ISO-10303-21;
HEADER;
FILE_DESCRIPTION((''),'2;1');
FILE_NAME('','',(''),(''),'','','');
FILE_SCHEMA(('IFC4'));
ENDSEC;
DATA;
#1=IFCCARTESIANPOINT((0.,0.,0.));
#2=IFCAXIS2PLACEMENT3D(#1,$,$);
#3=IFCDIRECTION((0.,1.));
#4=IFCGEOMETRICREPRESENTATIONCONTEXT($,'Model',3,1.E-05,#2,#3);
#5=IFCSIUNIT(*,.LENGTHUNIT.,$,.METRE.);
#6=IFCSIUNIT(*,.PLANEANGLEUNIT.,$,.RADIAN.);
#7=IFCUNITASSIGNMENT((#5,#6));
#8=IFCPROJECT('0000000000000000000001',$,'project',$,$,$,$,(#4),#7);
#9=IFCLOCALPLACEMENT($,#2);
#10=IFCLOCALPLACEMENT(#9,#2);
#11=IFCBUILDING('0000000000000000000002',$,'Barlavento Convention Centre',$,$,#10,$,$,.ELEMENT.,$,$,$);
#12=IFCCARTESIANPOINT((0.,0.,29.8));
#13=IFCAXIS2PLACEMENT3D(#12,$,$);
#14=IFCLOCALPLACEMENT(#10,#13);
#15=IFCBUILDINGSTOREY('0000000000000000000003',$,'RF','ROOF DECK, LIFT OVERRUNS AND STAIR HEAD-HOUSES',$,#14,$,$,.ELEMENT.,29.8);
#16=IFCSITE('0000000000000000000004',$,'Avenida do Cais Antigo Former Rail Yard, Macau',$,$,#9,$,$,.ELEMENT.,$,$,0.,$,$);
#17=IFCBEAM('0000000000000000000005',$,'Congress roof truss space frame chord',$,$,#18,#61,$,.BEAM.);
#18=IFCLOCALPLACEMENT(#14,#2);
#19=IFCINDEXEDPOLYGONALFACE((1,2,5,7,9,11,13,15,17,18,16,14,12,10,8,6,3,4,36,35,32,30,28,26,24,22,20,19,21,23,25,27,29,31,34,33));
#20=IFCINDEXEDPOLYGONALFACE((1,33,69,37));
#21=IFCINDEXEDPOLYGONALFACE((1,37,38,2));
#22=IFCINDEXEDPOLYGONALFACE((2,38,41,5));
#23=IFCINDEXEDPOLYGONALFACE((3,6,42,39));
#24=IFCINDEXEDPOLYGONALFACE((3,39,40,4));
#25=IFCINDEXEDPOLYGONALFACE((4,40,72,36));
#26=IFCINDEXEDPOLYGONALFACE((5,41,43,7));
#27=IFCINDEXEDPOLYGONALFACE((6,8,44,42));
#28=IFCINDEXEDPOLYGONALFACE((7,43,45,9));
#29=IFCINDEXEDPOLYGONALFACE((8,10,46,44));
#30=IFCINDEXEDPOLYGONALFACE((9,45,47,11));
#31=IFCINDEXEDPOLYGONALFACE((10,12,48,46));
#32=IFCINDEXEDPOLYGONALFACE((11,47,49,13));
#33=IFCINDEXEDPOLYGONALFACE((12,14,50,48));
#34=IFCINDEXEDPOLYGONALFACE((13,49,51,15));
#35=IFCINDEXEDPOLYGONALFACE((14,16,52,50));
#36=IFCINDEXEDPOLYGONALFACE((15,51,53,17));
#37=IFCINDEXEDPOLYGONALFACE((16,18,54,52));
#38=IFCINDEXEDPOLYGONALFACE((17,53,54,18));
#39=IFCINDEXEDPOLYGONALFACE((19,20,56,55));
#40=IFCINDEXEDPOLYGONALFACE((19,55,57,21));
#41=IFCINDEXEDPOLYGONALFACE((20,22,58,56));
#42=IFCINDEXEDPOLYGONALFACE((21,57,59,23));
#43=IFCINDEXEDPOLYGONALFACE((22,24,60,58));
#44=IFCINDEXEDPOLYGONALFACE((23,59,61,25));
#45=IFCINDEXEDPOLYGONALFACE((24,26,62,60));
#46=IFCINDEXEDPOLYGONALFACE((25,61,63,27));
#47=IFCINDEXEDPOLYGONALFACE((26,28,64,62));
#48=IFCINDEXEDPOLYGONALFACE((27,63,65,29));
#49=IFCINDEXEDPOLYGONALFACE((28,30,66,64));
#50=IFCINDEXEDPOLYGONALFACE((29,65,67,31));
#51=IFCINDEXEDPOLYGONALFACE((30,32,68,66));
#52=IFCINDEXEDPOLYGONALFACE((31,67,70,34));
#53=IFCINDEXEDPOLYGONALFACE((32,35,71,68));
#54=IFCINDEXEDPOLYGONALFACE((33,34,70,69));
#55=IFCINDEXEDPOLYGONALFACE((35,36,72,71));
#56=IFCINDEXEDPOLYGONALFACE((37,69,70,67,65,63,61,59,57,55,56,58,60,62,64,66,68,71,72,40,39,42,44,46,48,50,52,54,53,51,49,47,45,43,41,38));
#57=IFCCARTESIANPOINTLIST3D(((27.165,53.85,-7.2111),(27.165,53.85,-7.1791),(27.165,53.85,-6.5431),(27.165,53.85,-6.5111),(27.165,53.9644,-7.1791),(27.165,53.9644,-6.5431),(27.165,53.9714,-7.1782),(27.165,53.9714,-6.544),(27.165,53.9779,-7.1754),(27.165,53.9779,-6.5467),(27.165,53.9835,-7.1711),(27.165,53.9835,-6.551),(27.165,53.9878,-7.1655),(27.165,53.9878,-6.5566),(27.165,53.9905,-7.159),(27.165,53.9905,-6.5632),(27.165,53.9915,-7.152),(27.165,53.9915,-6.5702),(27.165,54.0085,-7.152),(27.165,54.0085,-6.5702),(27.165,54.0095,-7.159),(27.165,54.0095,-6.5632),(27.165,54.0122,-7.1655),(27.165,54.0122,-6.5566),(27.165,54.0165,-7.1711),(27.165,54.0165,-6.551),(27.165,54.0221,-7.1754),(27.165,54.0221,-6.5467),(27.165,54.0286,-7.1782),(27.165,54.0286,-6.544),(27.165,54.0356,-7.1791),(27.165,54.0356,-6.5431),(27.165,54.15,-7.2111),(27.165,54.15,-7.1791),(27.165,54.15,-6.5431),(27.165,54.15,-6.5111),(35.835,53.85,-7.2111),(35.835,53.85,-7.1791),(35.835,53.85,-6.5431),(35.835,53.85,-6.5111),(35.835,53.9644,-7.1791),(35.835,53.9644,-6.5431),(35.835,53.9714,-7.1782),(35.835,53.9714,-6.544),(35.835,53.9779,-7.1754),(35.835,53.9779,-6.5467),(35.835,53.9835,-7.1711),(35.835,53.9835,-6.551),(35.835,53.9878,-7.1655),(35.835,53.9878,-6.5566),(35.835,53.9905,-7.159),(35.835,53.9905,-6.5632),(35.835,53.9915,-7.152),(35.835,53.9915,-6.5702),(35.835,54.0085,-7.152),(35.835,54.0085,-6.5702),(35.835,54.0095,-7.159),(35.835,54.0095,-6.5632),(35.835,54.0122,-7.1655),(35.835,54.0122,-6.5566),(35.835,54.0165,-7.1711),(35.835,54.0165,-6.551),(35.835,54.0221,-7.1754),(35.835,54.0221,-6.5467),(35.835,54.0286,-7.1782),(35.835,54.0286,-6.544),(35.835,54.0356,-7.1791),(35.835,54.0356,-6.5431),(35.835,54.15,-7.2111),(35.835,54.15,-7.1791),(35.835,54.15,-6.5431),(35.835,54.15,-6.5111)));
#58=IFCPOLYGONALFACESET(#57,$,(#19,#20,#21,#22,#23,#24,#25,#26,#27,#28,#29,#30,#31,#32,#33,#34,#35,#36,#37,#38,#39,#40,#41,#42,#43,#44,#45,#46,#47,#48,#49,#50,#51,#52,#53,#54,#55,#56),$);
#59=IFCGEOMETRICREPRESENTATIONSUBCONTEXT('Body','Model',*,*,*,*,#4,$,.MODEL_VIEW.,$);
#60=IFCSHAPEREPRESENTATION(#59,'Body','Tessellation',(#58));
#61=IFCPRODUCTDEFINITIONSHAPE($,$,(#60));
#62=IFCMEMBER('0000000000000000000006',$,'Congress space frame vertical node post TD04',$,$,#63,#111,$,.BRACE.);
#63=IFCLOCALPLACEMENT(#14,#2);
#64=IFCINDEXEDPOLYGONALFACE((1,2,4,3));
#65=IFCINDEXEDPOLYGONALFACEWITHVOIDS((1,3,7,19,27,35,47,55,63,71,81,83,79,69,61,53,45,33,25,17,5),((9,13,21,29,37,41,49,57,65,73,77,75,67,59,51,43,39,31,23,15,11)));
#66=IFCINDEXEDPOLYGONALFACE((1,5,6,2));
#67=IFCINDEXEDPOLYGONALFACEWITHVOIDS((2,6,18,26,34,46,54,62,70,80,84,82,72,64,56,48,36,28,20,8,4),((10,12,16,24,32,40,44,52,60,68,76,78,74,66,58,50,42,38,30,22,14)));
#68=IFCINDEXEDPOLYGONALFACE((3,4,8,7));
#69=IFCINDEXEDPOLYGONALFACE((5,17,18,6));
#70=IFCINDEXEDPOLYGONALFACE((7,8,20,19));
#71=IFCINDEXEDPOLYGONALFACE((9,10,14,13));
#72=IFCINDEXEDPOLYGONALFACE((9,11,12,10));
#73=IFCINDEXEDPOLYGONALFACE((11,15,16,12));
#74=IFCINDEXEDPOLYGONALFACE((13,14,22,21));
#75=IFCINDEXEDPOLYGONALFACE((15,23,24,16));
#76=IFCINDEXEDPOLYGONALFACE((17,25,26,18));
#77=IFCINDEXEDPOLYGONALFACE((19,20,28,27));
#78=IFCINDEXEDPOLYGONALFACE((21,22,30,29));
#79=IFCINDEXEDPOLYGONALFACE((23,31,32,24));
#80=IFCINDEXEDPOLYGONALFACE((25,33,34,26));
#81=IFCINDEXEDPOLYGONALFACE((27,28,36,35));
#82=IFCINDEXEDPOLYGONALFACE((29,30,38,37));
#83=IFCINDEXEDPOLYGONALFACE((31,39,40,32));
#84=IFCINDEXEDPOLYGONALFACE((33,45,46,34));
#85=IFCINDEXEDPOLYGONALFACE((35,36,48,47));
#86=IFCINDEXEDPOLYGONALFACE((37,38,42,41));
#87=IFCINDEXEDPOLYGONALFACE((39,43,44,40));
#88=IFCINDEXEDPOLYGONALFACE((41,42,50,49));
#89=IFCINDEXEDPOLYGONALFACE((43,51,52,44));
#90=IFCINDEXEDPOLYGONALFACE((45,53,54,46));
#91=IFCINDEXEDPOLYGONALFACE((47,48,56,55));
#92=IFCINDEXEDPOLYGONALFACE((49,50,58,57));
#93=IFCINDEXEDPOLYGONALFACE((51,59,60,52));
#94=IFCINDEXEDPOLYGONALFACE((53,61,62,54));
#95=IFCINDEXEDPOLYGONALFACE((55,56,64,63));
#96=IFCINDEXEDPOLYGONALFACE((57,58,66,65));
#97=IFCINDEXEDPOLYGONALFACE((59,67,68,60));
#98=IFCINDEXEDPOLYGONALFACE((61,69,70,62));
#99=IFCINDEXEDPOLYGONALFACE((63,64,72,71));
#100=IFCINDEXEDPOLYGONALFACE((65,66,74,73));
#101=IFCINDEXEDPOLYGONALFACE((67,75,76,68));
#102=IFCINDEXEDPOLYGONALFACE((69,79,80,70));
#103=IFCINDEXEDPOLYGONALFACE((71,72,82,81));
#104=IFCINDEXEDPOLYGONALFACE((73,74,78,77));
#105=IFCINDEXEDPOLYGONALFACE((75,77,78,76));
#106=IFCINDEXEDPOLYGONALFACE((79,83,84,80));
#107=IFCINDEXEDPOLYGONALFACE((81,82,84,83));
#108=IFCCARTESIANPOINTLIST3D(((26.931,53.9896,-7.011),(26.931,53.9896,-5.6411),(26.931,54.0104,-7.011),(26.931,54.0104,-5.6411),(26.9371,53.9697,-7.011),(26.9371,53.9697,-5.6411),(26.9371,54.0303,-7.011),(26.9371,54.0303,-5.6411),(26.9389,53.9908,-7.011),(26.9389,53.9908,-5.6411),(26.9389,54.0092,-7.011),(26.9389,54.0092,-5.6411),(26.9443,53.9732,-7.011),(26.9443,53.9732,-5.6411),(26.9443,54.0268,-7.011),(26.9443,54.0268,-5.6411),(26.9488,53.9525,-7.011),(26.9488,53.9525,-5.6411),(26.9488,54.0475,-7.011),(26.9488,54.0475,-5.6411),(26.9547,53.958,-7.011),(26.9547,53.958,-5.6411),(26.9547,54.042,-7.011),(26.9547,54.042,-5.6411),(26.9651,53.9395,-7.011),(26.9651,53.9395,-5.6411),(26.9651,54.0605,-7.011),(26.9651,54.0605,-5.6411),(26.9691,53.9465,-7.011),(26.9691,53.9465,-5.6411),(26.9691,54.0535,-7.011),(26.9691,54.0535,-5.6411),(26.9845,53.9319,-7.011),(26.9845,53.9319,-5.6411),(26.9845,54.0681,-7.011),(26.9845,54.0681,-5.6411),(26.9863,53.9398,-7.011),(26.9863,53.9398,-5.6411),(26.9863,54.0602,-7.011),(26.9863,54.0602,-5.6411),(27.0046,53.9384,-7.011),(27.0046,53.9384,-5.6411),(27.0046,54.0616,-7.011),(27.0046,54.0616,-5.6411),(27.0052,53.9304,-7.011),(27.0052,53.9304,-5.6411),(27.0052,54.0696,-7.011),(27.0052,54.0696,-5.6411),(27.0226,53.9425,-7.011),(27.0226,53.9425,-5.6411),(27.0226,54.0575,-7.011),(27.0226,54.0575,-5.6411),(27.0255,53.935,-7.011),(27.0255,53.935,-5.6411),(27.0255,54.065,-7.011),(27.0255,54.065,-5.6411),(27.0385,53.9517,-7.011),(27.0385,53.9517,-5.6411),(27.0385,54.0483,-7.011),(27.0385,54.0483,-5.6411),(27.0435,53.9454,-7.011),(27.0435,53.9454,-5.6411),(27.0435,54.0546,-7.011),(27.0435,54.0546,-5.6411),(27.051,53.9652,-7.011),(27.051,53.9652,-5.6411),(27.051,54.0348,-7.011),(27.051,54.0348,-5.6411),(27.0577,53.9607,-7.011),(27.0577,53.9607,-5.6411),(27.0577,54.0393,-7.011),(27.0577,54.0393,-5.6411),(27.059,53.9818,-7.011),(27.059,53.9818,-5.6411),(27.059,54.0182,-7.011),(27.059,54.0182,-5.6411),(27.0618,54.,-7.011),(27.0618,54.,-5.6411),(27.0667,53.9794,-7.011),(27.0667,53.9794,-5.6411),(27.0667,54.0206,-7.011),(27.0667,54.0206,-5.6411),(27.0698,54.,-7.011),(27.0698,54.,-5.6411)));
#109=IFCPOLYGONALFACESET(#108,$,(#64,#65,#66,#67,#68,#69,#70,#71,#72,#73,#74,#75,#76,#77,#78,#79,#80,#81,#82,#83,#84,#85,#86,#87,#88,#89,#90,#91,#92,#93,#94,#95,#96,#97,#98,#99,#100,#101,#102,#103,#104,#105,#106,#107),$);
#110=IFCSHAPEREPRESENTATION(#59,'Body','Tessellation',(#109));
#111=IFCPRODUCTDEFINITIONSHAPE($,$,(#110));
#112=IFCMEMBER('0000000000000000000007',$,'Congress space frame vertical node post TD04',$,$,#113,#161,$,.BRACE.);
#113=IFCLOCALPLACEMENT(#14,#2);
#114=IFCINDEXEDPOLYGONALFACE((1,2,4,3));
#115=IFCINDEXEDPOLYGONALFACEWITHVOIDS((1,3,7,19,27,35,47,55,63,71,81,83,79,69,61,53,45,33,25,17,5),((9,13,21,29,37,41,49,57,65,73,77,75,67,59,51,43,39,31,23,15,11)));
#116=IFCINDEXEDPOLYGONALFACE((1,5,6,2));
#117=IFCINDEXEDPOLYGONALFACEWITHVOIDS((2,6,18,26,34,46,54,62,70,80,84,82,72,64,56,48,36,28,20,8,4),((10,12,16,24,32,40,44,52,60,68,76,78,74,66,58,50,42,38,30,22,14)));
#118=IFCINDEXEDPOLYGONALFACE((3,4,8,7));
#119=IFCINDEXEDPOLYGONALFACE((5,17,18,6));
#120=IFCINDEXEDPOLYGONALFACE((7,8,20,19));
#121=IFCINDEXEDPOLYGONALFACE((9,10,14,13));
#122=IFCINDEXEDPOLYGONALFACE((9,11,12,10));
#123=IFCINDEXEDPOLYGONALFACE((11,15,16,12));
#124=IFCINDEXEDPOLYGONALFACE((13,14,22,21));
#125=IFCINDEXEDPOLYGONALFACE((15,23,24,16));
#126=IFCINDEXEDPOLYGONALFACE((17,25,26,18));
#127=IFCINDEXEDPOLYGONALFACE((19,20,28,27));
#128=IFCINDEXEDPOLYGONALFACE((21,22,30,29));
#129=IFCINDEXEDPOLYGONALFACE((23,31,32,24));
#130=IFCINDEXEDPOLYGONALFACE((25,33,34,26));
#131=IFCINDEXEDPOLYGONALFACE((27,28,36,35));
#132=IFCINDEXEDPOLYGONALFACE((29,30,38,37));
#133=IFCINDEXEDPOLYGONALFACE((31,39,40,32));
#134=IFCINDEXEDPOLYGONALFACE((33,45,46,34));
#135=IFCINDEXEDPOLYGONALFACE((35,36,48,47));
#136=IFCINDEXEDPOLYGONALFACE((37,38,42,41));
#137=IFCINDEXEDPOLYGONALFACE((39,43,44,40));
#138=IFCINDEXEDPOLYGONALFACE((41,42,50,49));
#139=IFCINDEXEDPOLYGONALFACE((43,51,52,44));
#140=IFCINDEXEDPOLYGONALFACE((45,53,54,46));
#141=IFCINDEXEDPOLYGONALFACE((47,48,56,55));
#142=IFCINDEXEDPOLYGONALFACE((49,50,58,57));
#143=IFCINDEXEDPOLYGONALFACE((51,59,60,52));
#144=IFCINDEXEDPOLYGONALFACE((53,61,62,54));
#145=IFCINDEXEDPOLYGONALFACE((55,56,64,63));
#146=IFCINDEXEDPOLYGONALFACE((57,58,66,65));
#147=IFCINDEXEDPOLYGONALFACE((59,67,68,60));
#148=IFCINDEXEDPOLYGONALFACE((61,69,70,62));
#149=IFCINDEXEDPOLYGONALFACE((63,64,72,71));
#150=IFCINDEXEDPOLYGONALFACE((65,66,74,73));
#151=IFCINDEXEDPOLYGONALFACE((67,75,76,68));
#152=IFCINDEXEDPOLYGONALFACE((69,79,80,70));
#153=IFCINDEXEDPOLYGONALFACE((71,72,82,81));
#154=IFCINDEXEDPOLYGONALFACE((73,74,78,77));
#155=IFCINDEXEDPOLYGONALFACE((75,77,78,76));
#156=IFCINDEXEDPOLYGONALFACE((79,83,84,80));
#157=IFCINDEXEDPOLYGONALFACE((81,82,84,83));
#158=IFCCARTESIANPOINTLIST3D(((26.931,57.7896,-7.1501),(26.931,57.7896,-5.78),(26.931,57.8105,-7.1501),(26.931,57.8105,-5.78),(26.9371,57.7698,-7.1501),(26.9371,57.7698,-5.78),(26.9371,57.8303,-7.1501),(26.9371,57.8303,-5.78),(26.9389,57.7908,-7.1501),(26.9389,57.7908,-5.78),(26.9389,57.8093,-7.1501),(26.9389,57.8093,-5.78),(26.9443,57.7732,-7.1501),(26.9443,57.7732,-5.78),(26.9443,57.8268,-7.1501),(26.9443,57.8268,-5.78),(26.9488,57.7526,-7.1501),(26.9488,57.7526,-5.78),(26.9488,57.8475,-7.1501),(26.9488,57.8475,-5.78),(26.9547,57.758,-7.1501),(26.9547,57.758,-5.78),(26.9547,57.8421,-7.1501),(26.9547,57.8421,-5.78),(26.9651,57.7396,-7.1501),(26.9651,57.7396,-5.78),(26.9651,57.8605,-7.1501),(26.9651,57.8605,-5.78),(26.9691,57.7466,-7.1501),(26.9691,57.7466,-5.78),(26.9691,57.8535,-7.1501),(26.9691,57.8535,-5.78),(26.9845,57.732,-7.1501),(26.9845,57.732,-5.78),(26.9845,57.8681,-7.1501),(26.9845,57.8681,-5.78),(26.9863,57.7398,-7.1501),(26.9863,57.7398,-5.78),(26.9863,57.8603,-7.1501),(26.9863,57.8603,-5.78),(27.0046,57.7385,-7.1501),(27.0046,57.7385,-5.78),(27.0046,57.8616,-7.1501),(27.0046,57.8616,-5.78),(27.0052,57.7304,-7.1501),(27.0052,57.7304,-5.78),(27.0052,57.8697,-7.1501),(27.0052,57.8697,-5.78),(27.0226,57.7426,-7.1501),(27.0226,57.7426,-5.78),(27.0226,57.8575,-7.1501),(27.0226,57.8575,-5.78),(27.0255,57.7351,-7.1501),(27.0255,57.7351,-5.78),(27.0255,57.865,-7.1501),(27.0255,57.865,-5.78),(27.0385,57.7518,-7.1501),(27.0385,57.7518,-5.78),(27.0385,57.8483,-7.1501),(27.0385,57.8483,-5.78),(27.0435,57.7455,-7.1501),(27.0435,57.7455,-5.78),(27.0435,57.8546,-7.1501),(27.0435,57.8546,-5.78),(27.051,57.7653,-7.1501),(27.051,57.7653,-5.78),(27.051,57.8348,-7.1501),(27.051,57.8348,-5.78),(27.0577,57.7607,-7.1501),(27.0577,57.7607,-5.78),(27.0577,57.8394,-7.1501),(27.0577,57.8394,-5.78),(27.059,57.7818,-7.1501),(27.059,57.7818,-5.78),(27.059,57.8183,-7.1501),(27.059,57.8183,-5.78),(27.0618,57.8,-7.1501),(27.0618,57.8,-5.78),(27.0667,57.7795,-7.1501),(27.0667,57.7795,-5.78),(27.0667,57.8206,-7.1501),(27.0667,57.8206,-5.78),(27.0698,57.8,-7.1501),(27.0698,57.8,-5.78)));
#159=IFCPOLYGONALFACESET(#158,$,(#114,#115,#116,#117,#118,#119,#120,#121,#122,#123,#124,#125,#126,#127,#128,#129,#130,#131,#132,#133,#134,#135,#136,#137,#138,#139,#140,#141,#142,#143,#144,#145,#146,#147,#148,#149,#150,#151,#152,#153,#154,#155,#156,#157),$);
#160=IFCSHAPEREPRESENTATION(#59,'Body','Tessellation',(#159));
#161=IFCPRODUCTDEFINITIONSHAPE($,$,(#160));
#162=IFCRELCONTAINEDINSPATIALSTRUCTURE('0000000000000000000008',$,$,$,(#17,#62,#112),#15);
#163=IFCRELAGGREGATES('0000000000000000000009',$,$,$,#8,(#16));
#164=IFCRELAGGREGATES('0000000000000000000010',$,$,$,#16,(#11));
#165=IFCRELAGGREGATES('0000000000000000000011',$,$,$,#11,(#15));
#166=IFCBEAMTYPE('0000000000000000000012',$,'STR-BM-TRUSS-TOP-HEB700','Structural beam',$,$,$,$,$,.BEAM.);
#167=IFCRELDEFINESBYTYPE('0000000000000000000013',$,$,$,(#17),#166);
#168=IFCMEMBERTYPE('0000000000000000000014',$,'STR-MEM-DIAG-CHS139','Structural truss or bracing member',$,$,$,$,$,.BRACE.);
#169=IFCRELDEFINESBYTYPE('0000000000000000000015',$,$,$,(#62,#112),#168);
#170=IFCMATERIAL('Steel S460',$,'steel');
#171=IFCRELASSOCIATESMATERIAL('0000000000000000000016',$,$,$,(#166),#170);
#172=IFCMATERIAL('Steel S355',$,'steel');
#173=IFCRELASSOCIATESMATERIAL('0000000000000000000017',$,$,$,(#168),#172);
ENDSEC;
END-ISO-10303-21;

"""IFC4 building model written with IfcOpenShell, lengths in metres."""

from ifc_helpers import new_model, si_unit, direction, frame, origin, origin_2d, place, context, subcontext, project, spatial, hollow_circle, i_section, extrude, material, material_profile, profile_set, type_object, element, save


model = new_model("IFC4")

# Units and contexts
model_context = context("Model", 3, precision=1e-05, world=origin(), true_north=direction((0.0, 1.0)))
body_context = subcontext(model_context, "Body", "Model", "MODEL_VIEW")
ifc_project = project(units=[si_unit("LENGTHUNIT", "METRE"), si_unit("PLANEANGLEUNIT", "RADIAN")], contexts=[model_context])

# Site, building, storey
site_placement = place(None, origin())
site = spatial("IfcSite", under=ifc_project, at=site_placement, Name="Avenida do Cais Antigo Former Rail Yard, Macau", CompositionType="ELEMENT", RefElevation=0.0)
building_placement = place(site_placement, origin())
building = spatial("IfcBuilding", under=site, at=building_placement, Name="Barlavento Convention Centre", CompositionType="ELEMENT")
storey_placement = place(building_placement, frame((0.0, 0.0, 29.8)))
storey = spatial("IfcBuildingStorey", under=building, at=storey_placement, Name="RF", Description="ROOF DECK, LIFT OVERRUNS AND STAIR HEAD-HOUSES", CompositionType="ELEMENT", Elevation=29.8)

# Beam
ifc_material_1 = material(Name="Steel S355", Category="steel")
ifc_material_2 = material(Name="Steel S460", Category="steel")
ifc_material_profile_1 = material_profile(ifc_material_2, i_section(OverallWidth=0.3, OverallDepth=0.7, WebThickness=0.0171, FlangeThickness=0.032, FilletRadius=0.0271, at=origin_2d()), Name="HEB 700")
ifc_profile_set_1 = profile_set([ifc_material_profile_1], Name="Steel S460")
beam_type_1 = type_object("IfcBeamType", Name="STR-BM-TRUSS-TOP-HEB700", Description="Structural beam", PredefinedType="BEAM", material=ifc_profile_set_1)
beam_1_placement = place(storey_placement, frame((27.165, 54.0, -6.8611), z_axis=(1.0, 0.0, 0.0), x_axis=(0.0, 1.0, 0.0)))
element("IfcBeam", 1, at=beam_1_placement, inside=storey, type_object=beam_type_1, Name="Congress roof truss space frame chord", PredefinedType="BEAM", context=body_context, shape_type="SweptSolid", body=[
    extrude(i_section(OverallWidth=0.3, OverallDepth=0.7, WebThickness=0.0171, FlangeThickness=0.032, FilletRadius=0.0271, at=origin_2d()), origin(), (0.0, 0.0, 1.0), 8.6699),
])

# Members
ifc_material_profile_2 = material_profile(ifc_material_1, hollow_circle(Radius=0.0698, WallThickness=0.0081, at=origin_2d()), Name="CHS 139.7x8.0")
ifc_profile_set_2 = profile_set([ifc_material_profile_2], Name="Steel S355")
member_type_1 = type_object("IfcMemberType", Name="STR-MEM-DIAG-CHS139", Description="Structural truss or bracing member", PredefinedType="BRACE", material=ifc_profile_set_2)
member_1_placement = place(storey_placement, frame((27.0, 54.0, -7.011), z_axis=(0.0, 0.0, 1.0), x_axis=(1.0, 0.0, 0.0)))
element("IfcMember", 2, at=member_1_placement, inside=storey, type_object=member_type_1, Name="Congress space frame vertical node post TD04", PredefinedType="BRACE", context=body_context, shape_type="SweptSolid", body=[
    extrude(hollow_circle(Radius=0.0698, WallThickness=0.0081, at=origin_2d()), origin(), (0.0, 0.0, 1.0), 1.3699),
])
for number, where, z_axis, x_axis, name in (
    (3, (27.0, 57.8, -7.1501), (0.0, 0.0, 1.0), (1.0, 0.0, 0.0), "Congress space frame vertical node post TD04"),
):
    element("IfcMember", number, at=place(storey_placement, frame(where, z_axis=z_axis, x_axis=x_axis)), inside=storey, type_object=member_type_1, Name=name, PredefinedType="BRACE", context=body_context, shape_type="SweptSolid", body=[
        extrude(hollow_circle(Radius=0.0698, WallThickness=0.0081, at=origin_2d()), origin(), (0.0, 0.0, 1.0), 1.3701),
    ])

save(model, "model.ifc")
